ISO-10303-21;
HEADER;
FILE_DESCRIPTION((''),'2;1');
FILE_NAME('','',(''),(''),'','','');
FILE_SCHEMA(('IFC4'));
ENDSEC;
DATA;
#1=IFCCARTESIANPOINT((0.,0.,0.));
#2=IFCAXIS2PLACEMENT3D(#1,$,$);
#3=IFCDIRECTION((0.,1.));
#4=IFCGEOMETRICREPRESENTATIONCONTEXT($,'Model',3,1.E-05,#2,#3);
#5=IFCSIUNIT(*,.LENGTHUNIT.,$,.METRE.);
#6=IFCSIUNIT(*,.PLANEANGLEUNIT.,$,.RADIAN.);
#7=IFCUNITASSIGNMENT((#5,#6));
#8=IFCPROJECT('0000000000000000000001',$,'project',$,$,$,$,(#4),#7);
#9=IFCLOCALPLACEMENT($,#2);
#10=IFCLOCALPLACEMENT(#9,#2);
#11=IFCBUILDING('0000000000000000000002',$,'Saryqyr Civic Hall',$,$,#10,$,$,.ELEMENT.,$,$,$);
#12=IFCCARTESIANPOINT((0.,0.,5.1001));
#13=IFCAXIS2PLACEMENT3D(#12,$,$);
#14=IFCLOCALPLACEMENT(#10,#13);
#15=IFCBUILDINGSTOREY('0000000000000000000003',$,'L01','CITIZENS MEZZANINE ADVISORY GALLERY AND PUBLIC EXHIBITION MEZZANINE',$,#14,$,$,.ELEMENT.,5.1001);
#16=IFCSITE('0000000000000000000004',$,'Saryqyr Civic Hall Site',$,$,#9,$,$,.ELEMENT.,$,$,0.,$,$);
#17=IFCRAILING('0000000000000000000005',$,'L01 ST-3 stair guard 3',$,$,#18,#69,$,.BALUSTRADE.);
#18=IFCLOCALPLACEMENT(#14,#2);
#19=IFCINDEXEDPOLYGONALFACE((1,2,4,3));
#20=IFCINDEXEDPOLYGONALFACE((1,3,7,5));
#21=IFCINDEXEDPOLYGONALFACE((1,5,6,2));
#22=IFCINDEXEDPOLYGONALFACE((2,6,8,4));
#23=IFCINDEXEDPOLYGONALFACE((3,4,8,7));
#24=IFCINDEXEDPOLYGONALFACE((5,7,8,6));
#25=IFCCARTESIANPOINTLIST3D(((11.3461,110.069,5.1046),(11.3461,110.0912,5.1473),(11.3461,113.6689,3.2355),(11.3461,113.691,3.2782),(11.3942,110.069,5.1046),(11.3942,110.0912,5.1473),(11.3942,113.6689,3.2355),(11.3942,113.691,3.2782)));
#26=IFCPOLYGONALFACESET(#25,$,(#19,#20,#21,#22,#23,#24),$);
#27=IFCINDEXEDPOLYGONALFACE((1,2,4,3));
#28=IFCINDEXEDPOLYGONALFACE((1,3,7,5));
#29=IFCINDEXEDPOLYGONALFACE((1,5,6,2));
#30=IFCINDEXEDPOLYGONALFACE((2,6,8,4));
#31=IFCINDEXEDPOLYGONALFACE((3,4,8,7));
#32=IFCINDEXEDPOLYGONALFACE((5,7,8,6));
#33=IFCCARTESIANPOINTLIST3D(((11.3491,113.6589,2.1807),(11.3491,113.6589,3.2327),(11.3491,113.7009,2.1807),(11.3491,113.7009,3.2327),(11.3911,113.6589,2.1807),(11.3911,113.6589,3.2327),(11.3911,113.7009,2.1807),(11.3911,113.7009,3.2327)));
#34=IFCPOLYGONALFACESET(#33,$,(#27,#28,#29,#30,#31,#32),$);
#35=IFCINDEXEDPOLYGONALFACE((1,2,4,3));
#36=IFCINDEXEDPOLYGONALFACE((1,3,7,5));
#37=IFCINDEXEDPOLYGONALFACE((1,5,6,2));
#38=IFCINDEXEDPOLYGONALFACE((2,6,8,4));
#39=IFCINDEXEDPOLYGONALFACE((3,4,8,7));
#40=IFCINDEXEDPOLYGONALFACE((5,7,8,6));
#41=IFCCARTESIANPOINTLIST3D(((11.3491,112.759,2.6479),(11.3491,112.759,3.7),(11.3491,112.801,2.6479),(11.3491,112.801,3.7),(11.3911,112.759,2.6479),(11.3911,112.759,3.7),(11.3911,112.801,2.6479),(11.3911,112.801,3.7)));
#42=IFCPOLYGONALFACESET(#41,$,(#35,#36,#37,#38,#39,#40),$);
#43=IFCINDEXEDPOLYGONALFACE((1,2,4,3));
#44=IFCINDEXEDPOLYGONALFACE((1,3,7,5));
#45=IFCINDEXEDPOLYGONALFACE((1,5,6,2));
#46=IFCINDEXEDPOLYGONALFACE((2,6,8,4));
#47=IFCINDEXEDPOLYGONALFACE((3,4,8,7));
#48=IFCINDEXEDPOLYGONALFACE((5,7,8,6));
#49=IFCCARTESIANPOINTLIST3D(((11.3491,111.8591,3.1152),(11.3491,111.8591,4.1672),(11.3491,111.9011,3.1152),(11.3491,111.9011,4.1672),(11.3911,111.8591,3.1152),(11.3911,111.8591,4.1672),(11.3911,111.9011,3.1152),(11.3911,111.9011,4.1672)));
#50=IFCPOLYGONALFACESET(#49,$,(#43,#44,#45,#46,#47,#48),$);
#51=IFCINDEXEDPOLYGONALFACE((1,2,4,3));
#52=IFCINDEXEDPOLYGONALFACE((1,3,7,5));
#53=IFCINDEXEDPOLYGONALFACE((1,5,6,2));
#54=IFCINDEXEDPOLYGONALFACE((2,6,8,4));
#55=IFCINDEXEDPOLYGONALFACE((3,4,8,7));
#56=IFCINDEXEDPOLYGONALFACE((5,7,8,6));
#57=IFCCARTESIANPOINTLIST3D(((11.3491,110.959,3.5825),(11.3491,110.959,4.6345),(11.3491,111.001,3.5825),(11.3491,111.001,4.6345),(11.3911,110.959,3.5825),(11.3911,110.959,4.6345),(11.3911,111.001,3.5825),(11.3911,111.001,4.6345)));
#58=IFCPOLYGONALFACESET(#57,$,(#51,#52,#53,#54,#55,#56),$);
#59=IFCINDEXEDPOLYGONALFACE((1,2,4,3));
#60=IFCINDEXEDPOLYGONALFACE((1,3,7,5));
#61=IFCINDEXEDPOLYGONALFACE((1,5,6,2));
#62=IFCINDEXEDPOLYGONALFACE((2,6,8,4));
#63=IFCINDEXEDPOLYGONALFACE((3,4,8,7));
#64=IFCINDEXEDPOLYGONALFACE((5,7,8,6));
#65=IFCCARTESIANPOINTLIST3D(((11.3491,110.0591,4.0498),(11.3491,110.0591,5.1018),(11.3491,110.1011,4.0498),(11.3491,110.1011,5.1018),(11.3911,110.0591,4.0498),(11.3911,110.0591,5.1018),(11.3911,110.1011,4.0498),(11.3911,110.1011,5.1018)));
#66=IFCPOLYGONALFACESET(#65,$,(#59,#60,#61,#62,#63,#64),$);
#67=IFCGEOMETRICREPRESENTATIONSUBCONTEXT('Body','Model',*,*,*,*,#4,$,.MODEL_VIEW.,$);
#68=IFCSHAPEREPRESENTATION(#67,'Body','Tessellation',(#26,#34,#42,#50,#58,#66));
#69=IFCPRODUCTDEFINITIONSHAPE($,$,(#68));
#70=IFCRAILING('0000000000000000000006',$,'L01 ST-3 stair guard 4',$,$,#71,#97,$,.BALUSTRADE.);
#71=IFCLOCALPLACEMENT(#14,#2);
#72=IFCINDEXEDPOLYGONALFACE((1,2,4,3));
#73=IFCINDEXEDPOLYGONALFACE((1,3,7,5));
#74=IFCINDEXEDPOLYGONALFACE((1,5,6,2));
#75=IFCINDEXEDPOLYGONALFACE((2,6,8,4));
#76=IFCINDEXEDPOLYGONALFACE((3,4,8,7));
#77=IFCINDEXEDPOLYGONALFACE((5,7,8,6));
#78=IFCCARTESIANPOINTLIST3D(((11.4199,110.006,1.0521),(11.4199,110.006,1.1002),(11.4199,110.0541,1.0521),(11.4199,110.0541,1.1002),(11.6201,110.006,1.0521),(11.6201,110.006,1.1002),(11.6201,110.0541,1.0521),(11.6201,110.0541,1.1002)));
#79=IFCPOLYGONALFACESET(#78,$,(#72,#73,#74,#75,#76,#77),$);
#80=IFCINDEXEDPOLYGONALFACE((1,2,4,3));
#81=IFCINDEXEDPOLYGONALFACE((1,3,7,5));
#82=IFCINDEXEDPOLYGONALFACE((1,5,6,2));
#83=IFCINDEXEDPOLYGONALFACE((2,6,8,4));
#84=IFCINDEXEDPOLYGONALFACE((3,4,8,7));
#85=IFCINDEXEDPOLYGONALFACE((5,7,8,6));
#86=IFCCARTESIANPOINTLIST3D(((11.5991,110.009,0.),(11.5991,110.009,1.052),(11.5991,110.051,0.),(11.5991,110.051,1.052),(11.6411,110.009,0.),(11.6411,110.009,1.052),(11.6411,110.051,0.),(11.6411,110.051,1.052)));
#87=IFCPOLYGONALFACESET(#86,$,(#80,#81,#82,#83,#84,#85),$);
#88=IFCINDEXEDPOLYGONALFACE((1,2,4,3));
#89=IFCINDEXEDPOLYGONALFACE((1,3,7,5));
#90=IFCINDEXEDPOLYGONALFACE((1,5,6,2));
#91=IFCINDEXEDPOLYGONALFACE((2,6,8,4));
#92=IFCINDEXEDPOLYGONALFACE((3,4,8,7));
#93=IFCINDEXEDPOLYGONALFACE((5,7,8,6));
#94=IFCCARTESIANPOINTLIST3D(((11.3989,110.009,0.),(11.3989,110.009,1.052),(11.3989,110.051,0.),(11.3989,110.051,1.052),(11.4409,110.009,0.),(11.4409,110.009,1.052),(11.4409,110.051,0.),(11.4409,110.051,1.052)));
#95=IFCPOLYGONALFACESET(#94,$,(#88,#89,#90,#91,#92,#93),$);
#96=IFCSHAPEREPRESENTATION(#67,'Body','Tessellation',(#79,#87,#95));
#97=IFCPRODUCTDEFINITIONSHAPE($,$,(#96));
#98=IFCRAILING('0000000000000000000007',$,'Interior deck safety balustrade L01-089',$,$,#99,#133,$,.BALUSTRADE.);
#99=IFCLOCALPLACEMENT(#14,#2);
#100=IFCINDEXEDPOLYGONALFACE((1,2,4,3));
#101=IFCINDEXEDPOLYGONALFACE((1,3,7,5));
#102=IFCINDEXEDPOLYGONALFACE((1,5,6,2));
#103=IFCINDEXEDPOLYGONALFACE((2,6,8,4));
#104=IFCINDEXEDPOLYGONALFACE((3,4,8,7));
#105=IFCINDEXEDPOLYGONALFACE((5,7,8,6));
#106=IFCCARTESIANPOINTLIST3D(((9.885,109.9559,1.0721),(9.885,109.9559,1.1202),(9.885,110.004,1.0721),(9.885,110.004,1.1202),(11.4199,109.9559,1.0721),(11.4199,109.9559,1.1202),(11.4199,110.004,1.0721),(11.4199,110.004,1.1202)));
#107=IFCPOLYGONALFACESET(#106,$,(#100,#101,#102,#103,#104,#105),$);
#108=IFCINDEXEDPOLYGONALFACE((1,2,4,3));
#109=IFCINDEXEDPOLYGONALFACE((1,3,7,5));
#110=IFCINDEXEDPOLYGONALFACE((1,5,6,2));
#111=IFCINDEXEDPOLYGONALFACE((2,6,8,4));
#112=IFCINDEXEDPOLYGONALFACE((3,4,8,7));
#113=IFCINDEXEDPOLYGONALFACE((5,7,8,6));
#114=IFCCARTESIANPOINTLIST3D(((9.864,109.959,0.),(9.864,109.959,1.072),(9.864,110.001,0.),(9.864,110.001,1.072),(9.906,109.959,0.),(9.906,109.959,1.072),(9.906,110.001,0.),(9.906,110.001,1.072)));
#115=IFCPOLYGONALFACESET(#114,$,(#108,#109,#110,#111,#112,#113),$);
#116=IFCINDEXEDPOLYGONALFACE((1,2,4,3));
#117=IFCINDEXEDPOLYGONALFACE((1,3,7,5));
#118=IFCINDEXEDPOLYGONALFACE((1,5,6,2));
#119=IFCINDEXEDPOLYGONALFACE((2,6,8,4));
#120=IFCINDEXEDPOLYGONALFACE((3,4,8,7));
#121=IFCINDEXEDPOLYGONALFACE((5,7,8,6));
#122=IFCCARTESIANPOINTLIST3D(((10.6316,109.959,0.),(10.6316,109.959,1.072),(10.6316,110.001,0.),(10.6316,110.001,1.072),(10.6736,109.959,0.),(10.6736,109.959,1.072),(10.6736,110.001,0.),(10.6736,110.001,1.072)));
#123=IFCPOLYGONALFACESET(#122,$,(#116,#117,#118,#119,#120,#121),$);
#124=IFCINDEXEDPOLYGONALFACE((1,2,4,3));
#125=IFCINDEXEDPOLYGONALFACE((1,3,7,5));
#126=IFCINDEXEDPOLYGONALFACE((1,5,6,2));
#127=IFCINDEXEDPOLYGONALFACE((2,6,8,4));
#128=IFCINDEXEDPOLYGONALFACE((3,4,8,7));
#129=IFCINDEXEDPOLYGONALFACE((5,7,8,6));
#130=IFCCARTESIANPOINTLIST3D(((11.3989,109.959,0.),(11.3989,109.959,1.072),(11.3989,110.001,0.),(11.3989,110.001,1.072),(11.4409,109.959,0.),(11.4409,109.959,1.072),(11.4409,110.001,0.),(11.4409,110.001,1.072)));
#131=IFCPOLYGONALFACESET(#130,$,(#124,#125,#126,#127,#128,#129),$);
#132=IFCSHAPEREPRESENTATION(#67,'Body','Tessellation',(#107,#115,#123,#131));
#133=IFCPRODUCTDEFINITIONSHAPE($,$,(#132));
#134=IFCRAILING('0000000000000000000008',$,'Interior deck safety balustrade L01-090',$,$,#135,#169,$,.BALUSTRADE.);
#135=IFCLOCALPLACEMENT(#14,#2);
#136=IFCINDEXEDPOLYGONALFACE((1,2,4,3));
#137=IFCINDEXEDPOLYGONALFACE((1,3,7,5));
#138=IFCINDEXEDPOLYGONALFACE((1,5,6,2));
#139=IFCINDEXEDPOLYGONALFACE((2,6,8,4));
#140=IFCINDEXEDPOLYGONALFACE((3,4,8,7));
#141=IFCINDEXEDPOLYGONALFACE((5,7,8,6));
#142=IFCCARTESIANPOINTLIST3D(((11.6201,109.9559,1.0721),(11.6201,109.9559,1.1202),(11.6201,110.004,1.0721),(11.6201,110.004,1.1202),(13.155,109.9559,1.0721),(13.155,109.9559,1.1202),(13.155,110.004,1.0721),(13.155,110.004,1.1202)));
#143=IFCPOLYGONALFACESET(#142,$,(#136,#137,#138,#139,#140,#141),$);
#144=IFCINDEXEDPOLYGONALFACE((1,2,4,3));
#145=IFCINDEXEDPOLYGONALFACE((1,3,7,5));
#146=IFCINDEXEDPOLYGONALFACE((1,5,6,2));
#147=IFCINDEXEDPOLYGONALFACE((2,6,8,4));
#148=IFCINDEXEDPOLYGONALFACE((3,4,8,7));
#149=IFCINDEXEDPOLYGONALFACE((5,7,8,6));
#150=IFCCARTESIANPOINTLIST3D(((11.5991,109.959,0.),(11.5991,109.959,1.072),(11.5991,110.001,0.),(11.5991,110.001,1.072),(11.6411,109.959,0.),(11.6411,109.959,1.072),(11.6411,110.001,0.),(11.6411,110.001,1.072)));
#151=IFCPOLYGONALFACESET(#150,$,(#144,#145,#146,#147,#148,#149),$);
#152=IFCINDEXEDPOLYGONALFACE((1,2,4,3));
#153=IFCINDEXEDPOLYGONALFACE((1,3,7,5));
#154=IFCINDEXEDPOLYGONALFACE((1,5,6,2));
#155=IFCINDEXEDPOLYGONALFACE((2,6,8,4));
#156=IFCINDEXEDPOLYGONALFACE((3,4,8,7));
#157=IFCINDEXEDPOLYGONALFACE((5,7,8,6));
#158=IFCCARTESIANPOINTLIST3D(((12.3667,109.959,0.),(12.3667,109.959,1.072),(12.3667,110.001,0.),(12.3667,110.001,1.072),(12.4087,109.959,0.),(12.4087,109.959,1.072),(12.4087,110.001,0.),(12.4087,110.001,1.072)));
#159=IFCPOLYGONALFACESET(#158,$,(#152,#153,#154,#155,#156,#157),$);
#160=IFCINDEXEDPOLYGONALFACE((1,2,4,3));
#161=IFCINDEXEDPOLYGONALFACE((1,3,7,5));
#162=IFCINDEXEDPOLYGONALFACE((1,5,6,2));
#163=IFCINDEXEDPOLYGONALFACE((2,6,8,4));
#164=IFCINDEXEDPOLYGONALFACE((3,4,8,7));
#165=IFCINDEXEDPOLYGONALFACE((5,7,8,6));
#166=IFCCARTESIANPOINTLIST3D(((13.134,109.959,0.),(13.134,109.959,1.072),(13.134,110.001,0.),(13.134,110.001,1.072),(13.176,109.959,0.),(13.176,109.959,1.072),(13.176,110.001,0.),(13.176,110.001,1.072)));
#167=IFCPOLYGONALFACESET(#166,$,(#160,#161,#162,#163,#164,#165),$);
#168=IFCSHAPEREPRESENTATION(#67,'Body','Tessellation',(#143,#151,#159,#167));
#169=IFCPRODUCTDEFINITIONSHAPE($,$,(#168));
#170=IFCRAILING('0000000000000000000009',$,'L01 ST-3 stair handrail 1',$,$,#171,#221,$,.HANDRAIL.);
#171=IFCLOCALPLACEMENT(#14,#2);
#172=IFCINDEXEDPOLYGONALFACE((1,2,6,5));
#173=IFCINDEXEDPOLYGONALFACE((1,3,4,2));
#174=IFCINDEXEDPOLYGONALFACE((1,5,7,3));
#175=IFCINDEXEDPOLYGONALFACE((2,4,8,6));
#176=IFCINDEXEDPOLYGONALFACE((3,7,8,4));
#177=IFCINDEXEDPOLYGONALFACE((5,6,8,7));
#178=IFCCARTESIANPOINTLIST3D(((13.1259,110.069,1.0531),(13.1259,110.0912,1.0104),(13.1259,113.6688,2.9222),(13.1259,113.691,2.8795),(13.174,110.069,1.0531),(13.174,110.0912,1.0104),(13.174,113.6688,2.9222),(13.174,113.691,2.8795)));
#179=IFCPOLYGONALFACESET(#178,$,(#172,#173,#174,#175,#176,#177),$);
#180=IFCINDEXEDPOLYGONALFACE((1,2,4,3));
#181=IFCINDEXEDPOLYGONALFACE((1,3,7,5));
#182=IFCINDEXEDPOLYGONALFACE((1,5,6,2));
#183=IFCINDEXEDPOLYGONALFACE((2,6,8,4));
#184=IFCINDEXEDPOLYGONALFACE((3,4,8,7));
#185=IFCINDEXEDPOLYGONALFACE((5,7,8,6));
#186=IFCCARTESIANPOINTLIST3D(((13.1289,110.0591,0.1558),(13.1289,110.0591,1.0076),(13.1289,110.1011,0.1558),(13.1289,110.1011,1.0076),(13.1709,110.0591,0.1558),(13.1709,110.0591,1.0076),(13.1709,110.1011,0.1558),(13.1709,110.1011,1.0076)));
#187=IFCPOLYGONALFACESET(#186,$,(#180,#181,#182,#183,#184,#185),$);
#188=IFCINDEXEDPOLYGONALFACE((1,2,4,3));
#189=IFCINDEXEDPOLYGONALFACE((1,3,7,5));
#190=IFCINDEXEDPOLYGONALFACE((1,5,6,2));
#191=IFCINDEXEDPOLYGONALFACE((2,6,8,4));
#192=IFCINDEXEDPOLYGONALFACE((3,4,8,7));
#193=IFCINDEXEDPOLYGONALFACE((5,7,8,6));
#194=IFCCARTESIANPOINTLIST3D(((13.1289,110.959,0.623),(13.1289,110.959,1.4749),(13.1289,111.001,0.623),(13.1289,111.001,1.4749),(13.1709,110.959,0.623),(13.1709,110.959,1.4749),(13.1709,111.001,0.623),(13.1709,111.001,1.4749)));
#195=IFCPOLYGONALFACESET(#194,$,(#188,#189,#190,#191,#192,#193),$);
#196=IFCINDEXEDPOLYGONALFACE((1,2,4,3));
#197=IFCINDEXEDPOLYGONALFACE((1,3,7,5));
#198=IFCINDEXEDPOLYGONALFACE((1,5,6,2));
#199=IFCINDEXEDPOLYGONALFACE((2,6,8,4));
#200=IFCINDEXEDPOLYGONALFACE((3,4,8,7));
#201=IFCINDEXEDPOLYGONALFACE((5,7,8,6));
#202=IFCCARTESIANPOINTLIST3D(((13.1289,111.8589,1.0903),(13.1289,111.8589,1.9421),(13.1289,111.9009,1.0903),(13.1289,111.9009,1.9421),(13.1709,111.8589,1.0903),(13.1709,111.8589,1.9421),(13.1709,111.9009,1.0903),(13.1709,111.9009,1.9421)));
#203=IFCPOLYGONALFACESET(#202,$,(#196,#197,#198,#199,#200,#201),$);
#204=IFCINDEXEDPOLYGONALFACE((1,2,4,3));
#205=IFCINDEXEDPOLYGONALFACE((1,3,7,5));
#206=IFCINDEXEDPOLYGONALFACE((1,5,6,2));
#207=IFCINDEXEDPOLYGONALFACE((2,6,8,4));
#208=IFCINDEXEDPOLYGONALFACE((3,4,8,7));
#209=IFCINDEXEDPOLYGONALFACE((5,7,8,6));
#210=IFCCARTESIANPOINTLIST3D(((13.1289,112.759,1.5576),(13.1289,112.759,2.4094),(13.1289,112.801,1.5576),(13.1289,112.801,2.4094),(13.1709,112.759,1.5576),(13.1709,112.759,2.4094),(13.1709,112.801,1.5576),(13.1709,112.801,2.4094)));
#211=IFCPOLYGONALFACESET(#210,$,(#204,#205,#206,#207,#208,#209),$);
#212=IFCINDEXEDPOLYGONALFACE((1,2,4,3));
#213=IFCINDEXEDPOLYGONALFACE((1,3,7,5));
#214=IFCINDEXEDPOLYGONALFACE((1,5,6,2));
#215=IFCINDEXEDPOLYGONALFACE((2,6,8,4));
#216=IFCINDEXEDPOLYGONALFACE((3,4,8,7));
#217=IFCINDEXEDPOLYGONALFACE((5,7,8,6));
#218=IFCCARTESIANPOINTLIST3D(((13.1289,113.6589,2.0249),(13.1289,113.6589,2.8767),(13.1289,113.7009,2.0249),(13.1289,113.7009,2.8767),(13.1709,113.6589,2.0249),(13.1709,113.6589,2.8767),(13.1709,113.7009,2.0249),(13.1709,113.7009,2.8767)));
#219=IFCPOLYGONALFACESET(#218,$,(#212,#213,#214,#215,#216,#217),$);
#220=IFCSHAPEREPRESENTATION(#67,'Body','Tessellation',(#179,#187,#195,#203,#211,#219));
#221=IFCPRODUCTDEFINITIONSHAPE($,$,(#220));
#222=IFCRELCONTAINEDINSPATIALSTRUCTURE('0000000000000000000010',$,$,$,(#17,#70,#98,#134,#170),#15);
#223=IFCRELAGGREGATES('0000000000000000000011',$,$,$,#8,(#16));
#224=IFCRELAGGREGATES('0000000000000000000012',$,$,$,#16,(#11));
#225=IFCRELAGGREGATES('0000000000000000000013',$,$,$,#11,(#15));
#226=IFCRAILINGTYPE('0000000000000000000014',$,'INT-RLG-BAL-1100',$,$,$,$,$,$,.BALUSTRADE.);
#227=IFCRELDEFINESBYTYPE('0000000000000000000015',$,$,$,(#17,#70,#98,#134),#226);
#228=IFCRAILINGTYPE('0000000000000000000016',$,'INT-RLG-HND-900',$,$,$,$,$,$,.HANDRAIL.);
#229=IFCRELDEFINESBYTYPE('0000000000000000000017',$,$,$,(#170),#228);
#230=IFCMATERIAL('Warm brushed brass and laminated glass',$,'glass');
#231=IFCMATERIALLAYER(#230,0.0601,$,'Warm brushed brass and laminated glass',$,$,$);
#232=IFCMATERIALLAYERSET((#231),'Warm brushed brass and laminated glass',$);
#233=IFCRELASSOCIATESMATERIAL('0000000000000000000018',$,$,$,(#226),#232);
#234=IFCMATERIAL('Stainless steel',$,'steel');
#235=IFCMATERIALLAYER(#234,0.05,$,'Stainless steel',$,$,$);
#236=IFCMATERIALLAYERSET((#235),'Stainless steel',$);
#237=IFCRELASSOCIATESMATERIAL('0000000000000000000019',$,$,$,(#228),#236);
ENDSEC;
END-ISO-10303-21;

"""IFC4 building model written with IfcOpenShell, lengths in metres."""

from ifc_helpers import new_model, si_unit, direction, frame, origin, origin_2d, place, context, subcontext, project, spatial, rectangle, extrude, material, layer, layer_set, type_object, element, save


model = new_model("IFC4")

# Units and contexts
model_context = context("Model", 3, precision=1e-05, world=origin(), true_north=direction((0.0, 1.0)))
body_context = subcontext(model_context, "Body", "Model", "MODEL_VIEW")
ifc_project = project(units=[si_unit("LENGTHUNIT", "METRE"), si_unit("PLANEANGLEUNIT", "RADIAN")], contexts=[model_context])

# Site, building, storey
site_placement = place(None, origin())
site = spatial("IfcSite", under=ifc_project, at=site_placement, Name="Saryqyr Civic Hall Site", CompositionType="ELEMENT", RefElevation=0.0)
building_placement = place(site_placement, origin())
building = spatial("IfcBuilding", under=site, at=building_placement, Name="Saryqyr Civic Hall", CompositionType="ELEMENT")
storey_placement = place(building_placement, frame((0.0, 0.0, 5.1001)))
storey = spatial("IfcBuildingStorey", under=building, at=storey_placement, Name="L01", Description="CITIZENS MEZZANINE ADVISORY GALLERY AND PUBLIC EXHIBITION MEZZANINE", CompositionType="ELEMENT", Elevation=5.1001)

# Railings
ifc_material_1 = material(Name="Warm brushed brass and laminated glass", Category="glass")
ifc_layer_1 = layer(ifc_material_1, 0.0601, Name="Warm brushed brass and laminated glass")
ifc_layer_set_1 = layer_set([ifc_layer_1], Name="Warm brushed brass and laminated glass")
railing_type_1 = type_object("IfcRailingType", Name="INT-RLG-BAL-1100", PredefinedType="BALUSTRADE", material=ifc_layer_set_1)
railing_1_placement = place(storey_placement, frame((11.3701, 113.6799, 2.1807)))
element("IfcRailing", 1, at=railing_1_placement, inside=storey, type_object=railing_type_1, Name="L01 ST-3 stair guard 3", PredefinedType="BALUSTRADE", context=body_context, shape_type="SweptSolid", body=[
    extrude(rectangle(XDim=0.0481, YDim=0.0481, at=origin_2d()), frame((0.0, 0.0, 1.0762), z_axis=(0.0, -0.887497, 0.460813), x_axis=(1.0, 0.0, 0.0)), (0.0, 0.0, 1.0), 4.0562),
    extrude(rectangle(XDim=0.042, YDim=0.042, at=origin_2d()), origin(), (0.0, 0.0, 1.0), 1.052),
    extrude(rectangle(XDim=0.042, YDim=0.042, at=origin_2d()), frame((0.0, -0.8999, 0.4673)), (0.0, 0.0, 1.0), 1.052),
    extrude(rectangle(XDim=0.042, YDim=0.042, at=origin_2d()), frame((0.0, -1.7998, 0.9346)), (0.0, 0.0, 1.0), 1.052),
    extrude(rectangle(XDim=0.042, YDim=0.042, at=origin_2d()), frame((0.0, -2.7, 1.4019)), (0.0, 0.0, 1.0), 1.052),
    extrude(rectangle(XDim=0.042, YDim=0.042, at=origin_2d()), frame((0.0, -3.5999, 1.8691)), (0.0, 0.0, 1.0), 1.052),
])
railing_2_placement = place(storey_placement, frame((11.6201, 110.03, 0.0)))
element("IfcRailing", 2, at=railing_2_placement, inside=storey, type_object=railing_type_1, Name="L01 ST-3 stair guard 4", PredefinedType="BALUSTRADE", context=body_context, shape_type="SweptSolid", body=[
    extrude(rectangle(XDim=0.0481, YDim=0.0481, at=origin_2d()), frame((0.0, 0.0, 1.0762), z_axis=(-1.0, 0.0, 0.0), x_axis=(0.0, -1.0, 0.0)), (0.0, 0.0, 1.0), 0.2002),
    extrude(rectangle(XDim=0.042, YDim=0.042, at=origin_2d()), origin(), (0.0, 0.0, 1.0), 1.052),
    extrude(rectangle(XDim=0.042, YDim=0.042, at=origin_2d()), frame((-0.2002, 0.0, 0.0)), (0.0, 0.0, 1.0), 1.052),
])
for number, where, name in (
    (3, (9.885, 109.98, 0.0), "Interior deck safety balustrade L01-089"),
    (4, (11.6201, 109.98, 0.0), "Interior deck safety balustrade L01-090"),
):
    element("IfcRailing", number, at=place(storey_placement, frame(where)), inside=storey, type_object=railing_type_1, Name=name, PredefinedType="BALUSTRADE", context=body_context, shape_type="SweptSolid", body=[
        extrude(rectangle(XDim=0.0481, YDim=0.0481, at=origin_2d()), frame((0.0, 0.0, 1.0962), z_axis=(1.0, 0.0, 0.0), x_axis=(0.0, 1.0, 0.0)), (0.0, 0.0, 1.0), 1.5349),
        extrude(rectangle(XDim=0.042, YDim=0.042, at=origin_2d()), origin(), (0.0, 0.0, 1.0), 1.072),
        extrude(rectangle(XDim=0.042, YDim=0.042, at=origin_2d()), frame((0.7676, 0.0, 0.0)), (0.0, 0.0, 1.0), 1.072),
        extrude(rectangle(XDim=0.042, YDim=0.042, at=origin_2d()), frame((1.5349, 0.0, 0.0)), (0.0, 0.0, 1.0), 1.072),
    ])
ifc_material_2 = material(Name="Stainless steel", Category="steel")
ifc_layer_2 = layer(ifc_material_2, 0.05, Name="Stainless steel")
ifc_layer_set_2 = layer_set([ifc_layer_2], Name="Stainless steel")
railing_type_2 = type_object("IfcRailingType", Name="INT-RLG-HND-900", PredefinedType="HANDRAIL", material=ifc_layer_set_2)
railing_3_placement = place(storey_placement, frame((13.1499, 110.0801, 0.1558)))
element("IfcRailing", 5, at=railing_3_placement, inside=storey, type_object=railing_type_2, Name="L01 ST-3 stair handrail 1", PredefinedType="HANDRAIL", context=body_context, shape_type="SweptSolid", body=[
    extrude(rectangle(XDim=0.0481, YDim=0.0481, at=origin_2d()), frame((0.0, 0.0, 0.876), z_axis=(0.0, 0.887497, 0.460813), x_axis=(-1.0, 0.0, 0.0)), (0.0, 0.0, 1.0), 4.0562),
    extrude(rectangle(XDim=0.042, YDim=0.042, at=origin_2d()), origin(), (0.0, 0.0, 1.0), 0.8518),
    extrude(rectangle(XDim=0.042, YDim=0.042, at=origin_2d()), frame((0.0, 0.8999, 0.4673)), (0.0, 0.0, 1.0), 0.8518),
    extrude(rectangle(XDim=0.042, YDim=0.042, at=origin_2d()), frame((0.0, 1.7998, 0.9346)), (0.0, 0.0, 1.0), 0.8518),
    extrude(rectangle(XDim=0.042, YDim=0.042, at=origin_2d()), frame((0.0, 2.7, 1.4019)), (0.0, 0.0, 1.0), 0.8518),
    extrude(rectangle(XDim=0.042, YDim=0.042, at=origin_2d()), frame((0.0, 3.5999, 1.8691)), (0.0, 0.0, 1.0), 0.8518),
])

save(model, "model.ifc")
